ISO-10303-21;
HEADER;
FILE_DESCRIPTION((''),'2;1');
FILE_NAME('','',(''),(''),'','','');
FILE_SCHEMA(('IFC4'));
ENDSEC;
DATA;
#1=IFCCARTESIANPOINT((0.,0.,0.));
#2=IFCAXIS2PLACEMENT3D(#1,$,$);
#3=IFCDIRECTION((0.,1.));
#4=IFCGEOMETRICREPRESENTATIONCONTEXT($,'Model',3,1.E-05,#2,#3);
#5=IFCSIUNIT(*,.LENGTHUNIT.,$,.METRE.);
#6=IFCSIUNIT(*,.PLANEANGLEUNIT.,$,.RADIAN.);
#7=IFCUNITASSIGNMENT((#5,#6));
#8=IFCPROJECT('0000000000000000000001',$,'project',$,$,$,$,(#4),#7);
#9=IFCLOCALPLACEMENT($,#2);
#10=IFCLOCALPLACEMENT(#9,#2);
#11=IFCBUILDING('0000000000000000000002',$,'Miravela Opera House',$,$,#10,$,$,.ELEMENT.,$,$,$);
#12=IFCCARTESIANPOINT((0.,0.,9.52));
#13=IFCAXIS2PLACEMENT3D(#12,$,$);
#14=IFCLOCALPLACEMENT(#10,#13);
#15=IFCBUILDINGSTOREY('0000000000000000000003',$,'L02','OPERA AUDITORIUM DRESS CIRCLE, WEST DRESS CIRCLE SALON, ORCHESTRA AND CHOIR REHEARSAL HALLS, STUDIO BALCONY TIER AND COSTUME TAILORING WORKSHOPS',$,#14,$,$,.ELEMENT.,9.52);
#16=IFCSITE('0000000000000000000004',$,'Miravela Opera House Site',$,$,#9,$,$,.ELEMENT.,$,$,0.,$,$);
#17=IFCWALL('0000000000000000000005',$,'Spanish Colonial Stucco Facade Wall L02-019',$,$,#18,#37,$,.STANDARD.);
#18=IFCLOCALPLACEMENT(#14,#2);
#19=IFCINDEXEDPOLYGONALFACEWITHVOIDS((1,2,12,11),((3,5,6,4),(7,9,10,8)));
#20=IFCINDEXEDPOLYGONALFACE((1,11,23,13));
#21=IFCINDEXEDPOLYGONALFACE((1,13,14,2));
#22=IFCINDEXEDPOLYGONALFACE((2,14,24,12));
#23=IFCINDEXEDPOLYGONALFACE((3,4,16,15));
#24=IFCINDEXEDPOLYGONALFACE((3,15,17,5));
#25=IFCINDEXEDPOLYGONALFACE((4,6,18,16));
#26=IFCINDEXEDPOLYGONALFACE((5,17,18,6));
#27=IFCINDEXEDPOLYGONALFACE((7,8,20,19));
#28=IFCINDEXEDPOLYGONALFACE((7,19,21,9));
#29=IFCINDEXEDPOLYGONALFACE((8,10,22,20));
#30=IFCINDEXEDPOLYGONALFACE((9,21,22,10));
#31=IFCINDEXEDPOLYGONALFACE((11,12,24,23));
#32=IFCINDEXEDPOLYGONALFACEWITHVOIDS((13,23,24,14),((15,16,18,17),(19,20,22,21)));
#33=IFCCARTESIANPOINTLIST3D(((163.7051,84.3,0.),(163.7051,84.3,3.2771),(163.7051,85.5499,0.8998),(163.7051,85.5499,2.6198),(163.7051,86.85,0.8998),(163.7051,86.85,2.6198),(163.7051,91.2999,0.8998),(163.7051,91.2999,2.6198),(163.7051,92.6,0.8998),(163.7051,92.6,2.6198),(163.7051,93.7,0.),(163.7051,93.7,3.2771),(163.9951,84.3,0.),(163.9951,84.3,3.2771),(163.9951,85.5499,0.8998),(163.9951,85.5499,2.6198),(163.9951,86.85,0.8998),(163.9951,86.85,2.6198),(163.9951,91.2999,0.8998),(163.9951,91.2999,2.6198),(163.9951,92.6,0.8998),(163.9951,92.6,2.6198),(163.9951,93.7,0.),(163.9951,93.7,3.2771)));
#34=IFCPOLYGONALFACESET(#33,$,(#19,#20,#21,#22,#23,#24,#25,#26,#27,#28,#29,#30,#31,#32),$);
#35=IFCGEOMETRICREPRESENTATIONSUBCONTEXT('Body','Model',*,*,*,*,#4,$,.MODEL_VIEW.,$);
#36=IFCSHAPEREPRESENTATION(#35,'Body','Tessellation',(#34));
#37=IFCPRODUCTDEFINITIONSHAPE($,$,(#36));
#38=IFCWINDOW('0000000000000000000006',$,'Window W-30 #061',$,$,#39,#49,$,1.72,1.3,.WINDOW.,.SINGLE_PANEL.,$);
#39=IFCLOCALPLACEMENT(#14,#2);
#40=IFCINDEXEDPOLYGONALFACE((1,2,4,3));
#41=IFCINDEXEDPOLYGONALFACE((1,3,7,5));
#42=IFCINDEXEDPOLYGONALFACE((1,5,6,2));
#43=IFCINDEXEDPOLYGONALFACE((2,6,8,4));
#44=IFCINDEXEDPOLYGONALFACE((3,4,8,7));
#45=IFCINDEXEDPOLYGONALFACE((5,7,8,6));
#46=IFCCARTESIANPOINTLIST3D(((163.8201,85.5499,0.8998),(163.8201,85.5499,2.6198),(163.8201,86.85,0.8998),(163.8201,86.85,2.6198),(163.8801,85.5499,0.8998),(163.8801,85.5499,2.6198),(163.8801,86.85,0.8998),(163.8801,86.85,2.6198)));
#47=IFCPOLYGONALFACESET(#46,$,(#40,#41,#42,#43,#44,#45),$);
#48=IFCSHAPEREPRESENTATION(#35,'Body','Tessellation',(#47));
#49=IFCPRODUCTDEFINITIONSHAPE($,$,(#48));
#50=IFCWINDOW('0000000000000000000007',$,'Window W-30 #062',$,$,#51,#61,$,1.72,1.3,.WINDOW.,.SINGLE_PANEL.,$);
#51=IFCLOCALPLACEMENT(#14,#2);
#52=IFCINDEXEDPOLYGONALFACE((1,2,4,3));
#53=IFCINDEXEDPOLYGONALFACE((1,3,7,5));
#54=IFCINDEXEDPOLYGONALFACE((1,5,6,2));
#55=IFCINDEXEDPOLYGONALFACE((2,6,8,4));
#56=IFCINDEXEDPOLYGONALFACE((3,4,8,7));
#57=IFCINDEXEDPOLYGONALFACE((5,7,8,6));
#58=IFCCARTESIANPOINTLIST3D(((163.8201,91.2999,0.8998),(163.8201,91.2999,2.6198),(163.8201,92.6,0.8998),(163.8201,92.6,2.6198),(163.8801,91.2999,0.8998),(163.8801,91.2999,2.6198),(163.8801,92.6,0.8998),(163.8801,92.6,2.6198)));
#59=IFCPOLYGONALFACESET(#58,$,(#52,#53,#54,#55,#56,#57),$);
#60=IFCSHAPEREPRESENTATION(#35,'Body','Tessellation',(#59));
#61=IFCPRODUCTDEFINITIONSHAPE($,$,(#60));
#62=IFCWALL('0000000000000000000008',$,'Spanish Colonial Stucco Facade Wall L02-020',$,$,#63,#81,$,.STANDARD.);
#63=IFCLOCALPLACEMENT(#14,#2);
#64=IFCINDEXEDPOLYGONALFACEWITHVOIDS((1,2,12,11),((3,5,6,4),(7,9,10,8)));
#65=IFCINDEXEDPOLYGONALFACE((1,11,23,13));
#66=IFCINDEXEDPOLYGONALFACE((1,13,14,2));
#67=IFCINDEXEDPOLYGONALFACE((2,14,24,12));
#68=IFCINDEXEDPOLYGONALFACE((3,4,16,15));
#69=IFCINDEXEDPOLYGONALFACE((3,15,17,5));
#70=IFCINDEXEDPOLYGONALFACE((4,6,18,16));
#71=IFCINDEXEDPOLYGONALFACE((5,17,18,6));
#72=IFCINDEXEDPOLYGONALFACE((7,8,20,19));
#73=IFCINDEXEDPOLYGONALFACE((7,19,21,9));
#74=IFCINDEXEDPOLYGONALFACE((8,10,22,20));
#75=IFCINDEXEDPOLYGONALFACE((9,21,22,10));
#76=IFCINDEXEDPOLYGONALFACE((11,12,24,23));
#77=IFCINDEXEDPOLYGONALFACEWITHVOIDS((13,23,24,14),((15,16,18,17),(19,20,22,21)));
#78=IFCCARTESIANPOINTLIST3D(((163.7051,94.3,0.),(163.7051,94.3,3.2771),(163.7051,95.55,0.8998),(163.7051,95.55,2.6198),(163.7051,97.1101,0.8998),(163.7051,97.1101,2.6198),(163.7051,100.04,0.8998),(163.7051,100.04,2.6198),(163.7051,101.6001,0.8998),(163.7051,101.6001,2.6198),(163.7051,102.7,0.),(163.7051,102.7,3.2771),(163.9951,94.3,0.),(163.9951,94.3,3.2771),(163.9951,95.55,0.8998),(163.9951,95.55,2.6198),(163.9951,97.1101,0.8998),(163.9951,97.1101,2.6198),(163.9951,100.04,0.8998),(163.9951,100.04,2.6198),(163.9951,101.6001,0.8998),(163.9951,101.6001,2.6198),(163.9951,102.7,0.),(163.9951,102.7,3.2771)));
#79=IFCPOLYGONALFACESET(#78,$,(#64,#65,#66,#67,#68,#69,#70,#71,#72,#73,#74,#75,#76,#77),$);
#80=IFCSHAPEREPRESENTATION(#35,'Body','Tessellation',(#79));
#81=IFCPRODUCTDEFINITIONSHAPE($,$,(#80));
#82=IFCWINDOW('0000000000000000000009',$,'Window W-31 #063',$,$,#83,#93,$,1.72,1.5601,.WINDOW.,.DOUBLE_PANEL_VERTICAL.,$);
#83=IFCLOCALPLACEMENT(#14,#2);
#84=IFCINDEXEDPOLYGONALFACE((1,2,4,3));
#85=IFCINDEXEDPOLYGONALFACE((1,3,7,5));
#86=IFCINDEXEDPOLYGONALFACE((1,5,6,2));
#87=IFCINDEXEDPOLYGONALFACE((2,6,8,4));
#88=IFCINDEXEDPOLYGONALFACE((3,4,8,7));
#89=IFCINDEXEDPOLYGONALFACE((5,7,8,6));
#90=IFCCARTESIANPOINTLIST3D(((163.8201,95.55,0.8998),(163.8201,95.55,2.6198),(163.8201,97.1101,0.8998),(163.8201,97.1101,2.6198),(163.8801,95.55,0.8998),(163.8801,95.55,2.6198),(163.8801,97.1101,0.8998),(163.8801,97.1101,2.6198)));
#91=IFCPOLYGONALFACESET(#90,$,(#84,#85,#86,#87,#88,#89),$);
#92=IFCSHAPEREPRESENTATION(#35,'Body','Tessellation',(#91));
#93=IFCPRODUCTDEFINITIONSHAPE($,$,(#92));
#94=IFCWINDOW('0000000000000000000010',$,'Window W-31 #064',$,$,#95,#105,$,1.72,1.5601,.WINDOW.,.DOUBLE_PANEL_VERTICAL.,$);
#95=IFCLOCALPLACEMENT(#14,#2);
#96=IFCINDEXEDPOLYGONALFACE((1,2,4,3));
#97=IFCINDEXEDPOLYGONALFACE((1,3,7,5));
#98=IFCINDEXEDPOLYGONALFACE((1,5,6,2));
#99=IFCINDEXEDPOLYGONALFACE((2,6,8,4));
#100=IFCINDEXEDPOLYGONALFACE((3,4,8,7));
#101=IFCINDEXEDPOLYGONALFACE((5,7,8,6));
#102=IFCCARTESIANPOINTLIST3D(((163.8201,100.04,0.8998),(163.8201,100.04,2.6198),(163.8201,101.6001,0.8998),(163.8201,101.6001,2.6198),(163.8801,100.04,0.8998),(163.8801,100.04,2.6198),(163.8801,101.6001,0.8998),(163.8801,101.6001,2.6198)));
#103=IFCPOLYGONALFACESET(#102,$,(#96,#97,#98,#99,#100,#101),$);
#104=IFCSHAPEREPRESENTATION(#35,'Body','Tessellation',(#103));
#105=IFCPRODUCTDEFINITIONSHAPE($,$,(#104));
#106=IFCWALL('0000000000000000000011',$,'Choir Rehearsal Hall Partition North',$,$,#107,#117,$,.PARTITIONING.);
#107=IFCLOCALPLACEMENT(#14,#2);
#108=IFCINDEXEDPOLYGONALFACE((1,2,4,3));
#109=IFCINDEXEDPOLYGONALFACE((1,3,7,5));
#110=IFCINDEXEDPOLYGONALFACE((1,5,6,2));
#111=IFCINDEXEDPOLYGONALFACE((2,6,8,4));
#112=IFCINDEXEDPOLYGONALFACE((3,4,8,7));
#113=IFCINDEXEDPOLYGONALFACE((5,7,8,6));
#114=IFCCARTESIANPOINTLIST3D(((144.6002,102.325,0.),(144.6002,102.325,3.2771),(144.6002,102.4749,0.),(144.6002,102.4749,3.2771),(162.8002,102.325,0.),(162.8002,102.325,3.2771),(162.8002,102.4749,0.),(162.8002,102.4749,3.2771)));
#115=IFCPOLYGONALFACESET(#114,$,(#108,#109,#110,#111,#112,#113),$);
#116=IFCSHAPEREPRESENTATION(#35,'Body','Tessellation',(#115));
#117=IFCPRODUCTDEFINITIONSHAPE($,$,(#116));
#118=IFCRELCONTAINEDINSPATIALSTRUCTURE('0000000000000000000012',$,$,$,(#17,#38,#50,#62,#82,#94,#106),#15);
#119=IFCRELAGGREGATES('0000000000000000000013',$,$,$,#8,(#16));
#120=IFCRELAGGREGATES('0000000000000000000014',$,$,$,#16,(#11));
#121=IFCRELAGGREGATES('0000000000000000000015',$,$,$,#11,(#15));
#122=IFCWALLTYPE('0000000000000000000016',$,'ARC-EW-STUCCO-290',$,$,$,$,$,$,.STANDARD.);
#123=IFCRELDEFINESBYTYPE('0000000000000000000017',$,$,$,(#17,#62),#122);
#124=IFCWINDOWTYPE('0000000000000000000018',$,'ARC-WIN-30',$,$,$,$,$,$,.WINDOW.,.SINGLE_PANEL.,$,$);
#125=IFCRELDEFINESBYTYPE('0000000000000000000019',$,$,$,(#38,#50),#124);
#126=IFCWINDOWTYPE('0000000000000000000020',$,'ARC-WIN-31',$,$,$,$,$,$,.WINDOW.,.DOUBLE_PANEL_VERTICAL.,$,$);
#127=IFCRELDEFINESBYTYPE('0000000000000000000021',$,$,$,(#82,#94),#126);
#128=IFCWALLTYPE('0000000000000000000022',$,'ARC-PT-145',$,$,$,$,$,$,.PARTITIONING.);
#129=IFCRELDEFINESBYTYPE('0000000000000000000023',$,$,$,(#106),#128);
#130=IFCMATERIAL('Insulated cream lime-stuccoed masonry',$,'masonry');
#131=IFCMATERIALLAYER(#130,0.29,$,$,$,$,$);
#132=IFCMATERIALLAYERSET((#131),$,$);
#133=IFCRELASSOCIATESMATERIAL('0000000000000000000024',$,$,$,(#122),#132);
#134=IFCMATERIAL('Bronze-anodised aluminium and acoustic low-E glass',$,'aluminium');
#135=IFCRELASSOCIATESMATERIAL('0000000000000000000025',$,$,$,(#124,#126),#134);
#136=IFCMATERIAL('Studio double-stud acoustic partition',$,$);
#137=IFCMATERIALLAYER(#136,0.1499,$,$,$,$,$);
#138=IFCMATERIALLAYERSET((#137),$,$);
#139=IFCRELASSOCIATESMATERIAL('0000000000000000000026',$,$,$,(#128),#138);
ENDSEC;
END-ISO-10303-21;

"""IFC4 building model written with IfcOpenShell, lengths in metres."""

from ifc_helpers import new_model, si_unit, direction, frame, frame_2d, origin, place, context, subcontext, project, spatial, rectangle, extrude, material, layer, layer_set, type_object, element, fill, save


model = new_model("IFC4")

# Units and contexts
model_context = context("Model", 3, precision=1e-05, world=origin(), true_north=direction((0.0, 1.0)))
body_context = subcontext(model_context, "Body", "Model", "MODEL_VIEW")
ifc_project = project(units=[si_unit("LENGTHUNIT", "METRE"), si_unit("PLANEANGLEUNIT", "RADIAN")], contexts=[model_context])

# Site, building, storey
site_placement = place(None, origin())
site = spatial("IfcSite", under=ifc_project, at=site_placement, Name="Miravela Opera House Site", CompositionType="ELEMENT", RefElevation=0.0)
building_placement = place(site_placement, origin())
building = spatial("IfcBuilding", under=site, at=building_placement, Name="Miravela Opera House", CompositionType="ELEMENT")
storey_placement = place(building_placement, frame((0.0, 0.0, 9.52)))
storey = spatial("IfcBuildingStorey", under=building, at=storey_placement, Name="L02", Description="OPERA AUDITORIUM DRESS CIRCLE, WEST DRESS CIRCLE SALON, ORCHESTRA AND CHOIR REHEARSAL HALLS, STUDIO BALCONY TIER AND COSTUME TAILORING WORKSHOPS", CompositionType="ELEMENT", Elevation=9.52)

# Walls, openings, windows
ifc_material_1 = material(Name="Insulated cream lime-stuccoed masonry", Category="masonry")
ifc_layer_1 = layer(ifc_material_1, 0.29)
ifc_layer_set_1 = layer_set([ifc_layer_1])
wall_type_1 = type_object("IfcWallType", Name="ARC-EW-STUCCO-290", PredefinedType="STANDARD", material=ifc_layer_set_1)
wall_1_placement = place(storey_placement, frame((163.8501, 84.3, 0.0), z_axis=(0.0, 0.0, 1.0), x_axis=(0.0, 1.0, 0.0)))
wall_1 = element("IfcWall", 1, at=wall_1_placement, inside=storey, type_object=wall_type_1, Name="Spanish Colonial Stucco Facade Wall L02-019", PredefinedType="STANDARD", context=body_context, shape_type="SweptSolid", body=[
    extrude(rectangle(XDim=9.3999, YDim=0.29, at=frame_2d((4.7, 0.0))), origin(), (0.0, 0.0, 1.0), 3.2771),
])
opening_1_placement = place(wall_1_placement, frame((1.25, 0.0, 0.8999)))
opening_1 = element("IfcOpeningElement", 2, at=opening_1_placement, cuts=wall_1, PredefinedType="OPENING", context=body_context, shape_type="SweptSolid", body=[
    extrude(rectangle(XDim=1.3, YDim=1.72, at=frame_2d((0.6499, 0.8599))), frame((0.0, 0.155, 0.0), z_axis=(0.0, -1.0, 0.0), x_axis=(1.0, 0.0, 0.0)), (0.0, 0.0, 1.0), 0.3101),
])
opening_2_placement = place(wall_1_placement, frame((7.0, 0.0, 0.8999)))
opening_2 = element("IfcOpeningElement", 3, at=opening_2_placement, cuts=wall_1, PredefinedType="OPENING", context=body_context, shape_type="SweptSolid", body=[
    extrude(rectangle(XDim=1.3, YDim=1.72, at=frame_2d((0.6499, 0.8599))), frame((0.0, 0.155, 0.0), z_axis=(0.0, -1.0, 0.0), x_axis=(1.0, 0.0, 0.0)), (0.0, 0.0, 1.0), 0.3101),
])
ifc_material_2 = material(Name="Bronze-anodised aluminium and acoustic low-E glass", Category="aluminium")
window_type_1 = type_object("IfcWindowType", Name="ARC-WIN-30", PartitioningType="SINGLE_PANEL", PredefinedType="WINDOW", material=ifc_material_2)
window_1_placement = place(opening_1_placement, origin())
window_1 = element("IfcWindow", 4, at=window_1_placement, inside=storey, type_object=window_type_1, Name="Window W-30 #061", OverallHeight=1.72, OverallWidth=1.3, PartitioningType="SINGLE_PANEL", PredefinedType="WINDOW", context=body_context, shape_type="SweptSolid", body=[
    extrude(rectangle(XDim=1.3, YDim=1.72, at=frame_2d((0.6499, 0.8599))), frame((0.0, 0.03, 0.0), z_axis=(0.0, -1.0, 0.0), x_axis=(1.0, 0.0, 0.0)), (0.0, 0.0, 1.0), 0.0601),
])
fill(opening_1, window_1)
window_2_placement = place(opening_2_placement, origin())
window_2 = element("IfcWindow", 5, at=window_2_placement, inside=storey, type_object=window_type_1, Name="Window W-30 #062", OverallHeight=1.72, OverallWidth=1.3, PartitioningType="SINGLE_PANEL", PredefinedType="WINDOW", context=body_context, shape_type="SweptSolid", body=[
    extrude(rectangle(XDim=1.3, YDim=1.72, at=frame_2d((0.6499, 0.8599))), frame((0.0, 0.03, 0.0), z_axis=(0.0, -1.0, 0.0), x_axis=(1.0, 0.0, 0.0)), (0.0, 0.0, 1.0), 0.0601),
])
fill(opening_2, window_2)
wall_2_placement = place(storey_placement, frame((163.8501, 94.3, 0.0), z_axis=(0.0, 0.0, 1.0), x_axis=(0.0, 1.0, 0.0)))
wall_2 = element("IfcWall", 6, at=wall_2_placement, inside=storey, type_object=wall_type_1, Name="Spanish Colonial Stucco Facade Wall L02-020", PredefinedType="STANDARD", context=body_context, shape_type="SweptSolid", body=[
    extrude(rectangle(XDim=8.3999, YDim=0.29, at=frame_2d((4.2, 0.0))), origin(), (0.0, 0.0, 1.0), 3.2771),
])
opening_3_placement = place(wall_2_placement, frame((1.25, 0.0, 0.8999)))
opening_3 = element("IfcOpeningElement", 7, at=opening_3_placement, cuts=wall_2, PredefinedType="OPENING", context=body_context, shape_type="SweptSolid", body=[
    extrude(rectangle(XDim=1.5601, YDim=1.72, at=frame_2d((0.78, 0.8599))), frame((0.0, 0.155, 0.0), z_axis=(0.0, -1.0, 0.0), x_axis=(1.0, 0.0, 0.0)), (0.0, 0.0, 1.0), 0.3101),
])
opening_4_placement = place(wall_2_placement, frame((5.74, 0.0, 0.8999)))
opening_4 = element("IfcOpeningElement", 8, at=opening_4_placement, cuts=wall_2, PredefinedType="OPENING", context=body_context, shape_type="SweptSolid", body=[
    extrude(rectangle(XDim=1.5601, YDim=1.72, at=frame_2d((0.78, 0.8599))), frame((0.0, 0.155, 0.0), z_axis=(0.0, -1.0, 0.0), x_axis=(1.0, 0.0, 0.0)), (0.0, 0.0, 1.0), 0.3101),
])
window_type_2 = type_object("IfcWindowType", Name="ARC-WIN-31", PartitioningType="DOUBLE_PANEL_VERTICAL", PredefinedType="WINDOW", material=ifc_material_2)
window_3_placement = place(opening_3_placement, origin())
window_3 = element("IfcWindow", 9, at=window_3_placement, inside=storey, type_object=window_type_2, Name="Window W-31 #063", OverallHeight=1.72, OverallWidth=1.5601, PartitioningType="DOUBLE_PANEL_VERTICAL", PredefinedType="WINDOW", context=body_context, shape_type="SweptSolid", body=[
    extrude(rectangle(XDim=1.5601, YDim=1.72, at=frame_2d((0.78, 0.8599))), frame((0.0, 0.03, 0.0), z_axis=(0.0, -1.0, 0.0), x_axis=(1.0, 0.0, 0.0)), (0.0, 0.0, 1.0), 0.0601),
])
fill(opening_3, window_3)
window_4_placement = place(opening_4_placement, origin())
window_4 = element("IfcWindow", 10, at=window_4_placement, inside=storey, type_object=window_type_2, Name="Window W-31 #064", OverallHeight=1.72, OverallWidth=1.5601, PartitioningType="DOUBLE_PANEL_VERTICAL", PredefinedType="WINDOW", context=body_context, shape_type="SweptSolid", body=[
    extrude(rectangle(XDim=1.5601, YDim=1.72, at=frame_2d((0.78, 0.8599))), frame((0.0, 0.03, 0.0), z_axis=(0.0, -1.0, 0.0), x_axis=(1.0, 0.0, 0.0)), (0.0, 0.0, 1.0), 0.0601),
])
fill(opening_4, window_4)

# Wall
ifc_material_3 = material(Name="Studio double-stud acoustic partition")
ifc_layer_2 = layer(ifc_material_3, 0.1499)
ifc_layer_set_2 = layer_set([ifc_layer_2])
wall_type_2 = type_object("IfcWallType", Name="ARC-PT-145", PredefinedType="PARTITIONING", material=ifc_layer_set_2)
wall_3_placement = place(storey_placement, frame((144.6001, 102.3999, 0.0), z_axis=(0.0, 0.0, 1.0), x_axis=(1.0, 0.0, 0.0)))
element("IfcWall", 11, at=wall_3_placement, inside=storey, type_object=wall_type_2, Name="Choir Rehearsal Hall Partition North", PredefinedType="PARTITIONING", context=body_context, shape_type="SweptSolid", body=[
    extrude(rectangle(XDim=18.2, YDim=0.1499, at=frame_2d((9.1001, 0.0))), origin(), (0.0, 0.0, 1.0), 3.2771),
])

save(model, "model.ifc")
